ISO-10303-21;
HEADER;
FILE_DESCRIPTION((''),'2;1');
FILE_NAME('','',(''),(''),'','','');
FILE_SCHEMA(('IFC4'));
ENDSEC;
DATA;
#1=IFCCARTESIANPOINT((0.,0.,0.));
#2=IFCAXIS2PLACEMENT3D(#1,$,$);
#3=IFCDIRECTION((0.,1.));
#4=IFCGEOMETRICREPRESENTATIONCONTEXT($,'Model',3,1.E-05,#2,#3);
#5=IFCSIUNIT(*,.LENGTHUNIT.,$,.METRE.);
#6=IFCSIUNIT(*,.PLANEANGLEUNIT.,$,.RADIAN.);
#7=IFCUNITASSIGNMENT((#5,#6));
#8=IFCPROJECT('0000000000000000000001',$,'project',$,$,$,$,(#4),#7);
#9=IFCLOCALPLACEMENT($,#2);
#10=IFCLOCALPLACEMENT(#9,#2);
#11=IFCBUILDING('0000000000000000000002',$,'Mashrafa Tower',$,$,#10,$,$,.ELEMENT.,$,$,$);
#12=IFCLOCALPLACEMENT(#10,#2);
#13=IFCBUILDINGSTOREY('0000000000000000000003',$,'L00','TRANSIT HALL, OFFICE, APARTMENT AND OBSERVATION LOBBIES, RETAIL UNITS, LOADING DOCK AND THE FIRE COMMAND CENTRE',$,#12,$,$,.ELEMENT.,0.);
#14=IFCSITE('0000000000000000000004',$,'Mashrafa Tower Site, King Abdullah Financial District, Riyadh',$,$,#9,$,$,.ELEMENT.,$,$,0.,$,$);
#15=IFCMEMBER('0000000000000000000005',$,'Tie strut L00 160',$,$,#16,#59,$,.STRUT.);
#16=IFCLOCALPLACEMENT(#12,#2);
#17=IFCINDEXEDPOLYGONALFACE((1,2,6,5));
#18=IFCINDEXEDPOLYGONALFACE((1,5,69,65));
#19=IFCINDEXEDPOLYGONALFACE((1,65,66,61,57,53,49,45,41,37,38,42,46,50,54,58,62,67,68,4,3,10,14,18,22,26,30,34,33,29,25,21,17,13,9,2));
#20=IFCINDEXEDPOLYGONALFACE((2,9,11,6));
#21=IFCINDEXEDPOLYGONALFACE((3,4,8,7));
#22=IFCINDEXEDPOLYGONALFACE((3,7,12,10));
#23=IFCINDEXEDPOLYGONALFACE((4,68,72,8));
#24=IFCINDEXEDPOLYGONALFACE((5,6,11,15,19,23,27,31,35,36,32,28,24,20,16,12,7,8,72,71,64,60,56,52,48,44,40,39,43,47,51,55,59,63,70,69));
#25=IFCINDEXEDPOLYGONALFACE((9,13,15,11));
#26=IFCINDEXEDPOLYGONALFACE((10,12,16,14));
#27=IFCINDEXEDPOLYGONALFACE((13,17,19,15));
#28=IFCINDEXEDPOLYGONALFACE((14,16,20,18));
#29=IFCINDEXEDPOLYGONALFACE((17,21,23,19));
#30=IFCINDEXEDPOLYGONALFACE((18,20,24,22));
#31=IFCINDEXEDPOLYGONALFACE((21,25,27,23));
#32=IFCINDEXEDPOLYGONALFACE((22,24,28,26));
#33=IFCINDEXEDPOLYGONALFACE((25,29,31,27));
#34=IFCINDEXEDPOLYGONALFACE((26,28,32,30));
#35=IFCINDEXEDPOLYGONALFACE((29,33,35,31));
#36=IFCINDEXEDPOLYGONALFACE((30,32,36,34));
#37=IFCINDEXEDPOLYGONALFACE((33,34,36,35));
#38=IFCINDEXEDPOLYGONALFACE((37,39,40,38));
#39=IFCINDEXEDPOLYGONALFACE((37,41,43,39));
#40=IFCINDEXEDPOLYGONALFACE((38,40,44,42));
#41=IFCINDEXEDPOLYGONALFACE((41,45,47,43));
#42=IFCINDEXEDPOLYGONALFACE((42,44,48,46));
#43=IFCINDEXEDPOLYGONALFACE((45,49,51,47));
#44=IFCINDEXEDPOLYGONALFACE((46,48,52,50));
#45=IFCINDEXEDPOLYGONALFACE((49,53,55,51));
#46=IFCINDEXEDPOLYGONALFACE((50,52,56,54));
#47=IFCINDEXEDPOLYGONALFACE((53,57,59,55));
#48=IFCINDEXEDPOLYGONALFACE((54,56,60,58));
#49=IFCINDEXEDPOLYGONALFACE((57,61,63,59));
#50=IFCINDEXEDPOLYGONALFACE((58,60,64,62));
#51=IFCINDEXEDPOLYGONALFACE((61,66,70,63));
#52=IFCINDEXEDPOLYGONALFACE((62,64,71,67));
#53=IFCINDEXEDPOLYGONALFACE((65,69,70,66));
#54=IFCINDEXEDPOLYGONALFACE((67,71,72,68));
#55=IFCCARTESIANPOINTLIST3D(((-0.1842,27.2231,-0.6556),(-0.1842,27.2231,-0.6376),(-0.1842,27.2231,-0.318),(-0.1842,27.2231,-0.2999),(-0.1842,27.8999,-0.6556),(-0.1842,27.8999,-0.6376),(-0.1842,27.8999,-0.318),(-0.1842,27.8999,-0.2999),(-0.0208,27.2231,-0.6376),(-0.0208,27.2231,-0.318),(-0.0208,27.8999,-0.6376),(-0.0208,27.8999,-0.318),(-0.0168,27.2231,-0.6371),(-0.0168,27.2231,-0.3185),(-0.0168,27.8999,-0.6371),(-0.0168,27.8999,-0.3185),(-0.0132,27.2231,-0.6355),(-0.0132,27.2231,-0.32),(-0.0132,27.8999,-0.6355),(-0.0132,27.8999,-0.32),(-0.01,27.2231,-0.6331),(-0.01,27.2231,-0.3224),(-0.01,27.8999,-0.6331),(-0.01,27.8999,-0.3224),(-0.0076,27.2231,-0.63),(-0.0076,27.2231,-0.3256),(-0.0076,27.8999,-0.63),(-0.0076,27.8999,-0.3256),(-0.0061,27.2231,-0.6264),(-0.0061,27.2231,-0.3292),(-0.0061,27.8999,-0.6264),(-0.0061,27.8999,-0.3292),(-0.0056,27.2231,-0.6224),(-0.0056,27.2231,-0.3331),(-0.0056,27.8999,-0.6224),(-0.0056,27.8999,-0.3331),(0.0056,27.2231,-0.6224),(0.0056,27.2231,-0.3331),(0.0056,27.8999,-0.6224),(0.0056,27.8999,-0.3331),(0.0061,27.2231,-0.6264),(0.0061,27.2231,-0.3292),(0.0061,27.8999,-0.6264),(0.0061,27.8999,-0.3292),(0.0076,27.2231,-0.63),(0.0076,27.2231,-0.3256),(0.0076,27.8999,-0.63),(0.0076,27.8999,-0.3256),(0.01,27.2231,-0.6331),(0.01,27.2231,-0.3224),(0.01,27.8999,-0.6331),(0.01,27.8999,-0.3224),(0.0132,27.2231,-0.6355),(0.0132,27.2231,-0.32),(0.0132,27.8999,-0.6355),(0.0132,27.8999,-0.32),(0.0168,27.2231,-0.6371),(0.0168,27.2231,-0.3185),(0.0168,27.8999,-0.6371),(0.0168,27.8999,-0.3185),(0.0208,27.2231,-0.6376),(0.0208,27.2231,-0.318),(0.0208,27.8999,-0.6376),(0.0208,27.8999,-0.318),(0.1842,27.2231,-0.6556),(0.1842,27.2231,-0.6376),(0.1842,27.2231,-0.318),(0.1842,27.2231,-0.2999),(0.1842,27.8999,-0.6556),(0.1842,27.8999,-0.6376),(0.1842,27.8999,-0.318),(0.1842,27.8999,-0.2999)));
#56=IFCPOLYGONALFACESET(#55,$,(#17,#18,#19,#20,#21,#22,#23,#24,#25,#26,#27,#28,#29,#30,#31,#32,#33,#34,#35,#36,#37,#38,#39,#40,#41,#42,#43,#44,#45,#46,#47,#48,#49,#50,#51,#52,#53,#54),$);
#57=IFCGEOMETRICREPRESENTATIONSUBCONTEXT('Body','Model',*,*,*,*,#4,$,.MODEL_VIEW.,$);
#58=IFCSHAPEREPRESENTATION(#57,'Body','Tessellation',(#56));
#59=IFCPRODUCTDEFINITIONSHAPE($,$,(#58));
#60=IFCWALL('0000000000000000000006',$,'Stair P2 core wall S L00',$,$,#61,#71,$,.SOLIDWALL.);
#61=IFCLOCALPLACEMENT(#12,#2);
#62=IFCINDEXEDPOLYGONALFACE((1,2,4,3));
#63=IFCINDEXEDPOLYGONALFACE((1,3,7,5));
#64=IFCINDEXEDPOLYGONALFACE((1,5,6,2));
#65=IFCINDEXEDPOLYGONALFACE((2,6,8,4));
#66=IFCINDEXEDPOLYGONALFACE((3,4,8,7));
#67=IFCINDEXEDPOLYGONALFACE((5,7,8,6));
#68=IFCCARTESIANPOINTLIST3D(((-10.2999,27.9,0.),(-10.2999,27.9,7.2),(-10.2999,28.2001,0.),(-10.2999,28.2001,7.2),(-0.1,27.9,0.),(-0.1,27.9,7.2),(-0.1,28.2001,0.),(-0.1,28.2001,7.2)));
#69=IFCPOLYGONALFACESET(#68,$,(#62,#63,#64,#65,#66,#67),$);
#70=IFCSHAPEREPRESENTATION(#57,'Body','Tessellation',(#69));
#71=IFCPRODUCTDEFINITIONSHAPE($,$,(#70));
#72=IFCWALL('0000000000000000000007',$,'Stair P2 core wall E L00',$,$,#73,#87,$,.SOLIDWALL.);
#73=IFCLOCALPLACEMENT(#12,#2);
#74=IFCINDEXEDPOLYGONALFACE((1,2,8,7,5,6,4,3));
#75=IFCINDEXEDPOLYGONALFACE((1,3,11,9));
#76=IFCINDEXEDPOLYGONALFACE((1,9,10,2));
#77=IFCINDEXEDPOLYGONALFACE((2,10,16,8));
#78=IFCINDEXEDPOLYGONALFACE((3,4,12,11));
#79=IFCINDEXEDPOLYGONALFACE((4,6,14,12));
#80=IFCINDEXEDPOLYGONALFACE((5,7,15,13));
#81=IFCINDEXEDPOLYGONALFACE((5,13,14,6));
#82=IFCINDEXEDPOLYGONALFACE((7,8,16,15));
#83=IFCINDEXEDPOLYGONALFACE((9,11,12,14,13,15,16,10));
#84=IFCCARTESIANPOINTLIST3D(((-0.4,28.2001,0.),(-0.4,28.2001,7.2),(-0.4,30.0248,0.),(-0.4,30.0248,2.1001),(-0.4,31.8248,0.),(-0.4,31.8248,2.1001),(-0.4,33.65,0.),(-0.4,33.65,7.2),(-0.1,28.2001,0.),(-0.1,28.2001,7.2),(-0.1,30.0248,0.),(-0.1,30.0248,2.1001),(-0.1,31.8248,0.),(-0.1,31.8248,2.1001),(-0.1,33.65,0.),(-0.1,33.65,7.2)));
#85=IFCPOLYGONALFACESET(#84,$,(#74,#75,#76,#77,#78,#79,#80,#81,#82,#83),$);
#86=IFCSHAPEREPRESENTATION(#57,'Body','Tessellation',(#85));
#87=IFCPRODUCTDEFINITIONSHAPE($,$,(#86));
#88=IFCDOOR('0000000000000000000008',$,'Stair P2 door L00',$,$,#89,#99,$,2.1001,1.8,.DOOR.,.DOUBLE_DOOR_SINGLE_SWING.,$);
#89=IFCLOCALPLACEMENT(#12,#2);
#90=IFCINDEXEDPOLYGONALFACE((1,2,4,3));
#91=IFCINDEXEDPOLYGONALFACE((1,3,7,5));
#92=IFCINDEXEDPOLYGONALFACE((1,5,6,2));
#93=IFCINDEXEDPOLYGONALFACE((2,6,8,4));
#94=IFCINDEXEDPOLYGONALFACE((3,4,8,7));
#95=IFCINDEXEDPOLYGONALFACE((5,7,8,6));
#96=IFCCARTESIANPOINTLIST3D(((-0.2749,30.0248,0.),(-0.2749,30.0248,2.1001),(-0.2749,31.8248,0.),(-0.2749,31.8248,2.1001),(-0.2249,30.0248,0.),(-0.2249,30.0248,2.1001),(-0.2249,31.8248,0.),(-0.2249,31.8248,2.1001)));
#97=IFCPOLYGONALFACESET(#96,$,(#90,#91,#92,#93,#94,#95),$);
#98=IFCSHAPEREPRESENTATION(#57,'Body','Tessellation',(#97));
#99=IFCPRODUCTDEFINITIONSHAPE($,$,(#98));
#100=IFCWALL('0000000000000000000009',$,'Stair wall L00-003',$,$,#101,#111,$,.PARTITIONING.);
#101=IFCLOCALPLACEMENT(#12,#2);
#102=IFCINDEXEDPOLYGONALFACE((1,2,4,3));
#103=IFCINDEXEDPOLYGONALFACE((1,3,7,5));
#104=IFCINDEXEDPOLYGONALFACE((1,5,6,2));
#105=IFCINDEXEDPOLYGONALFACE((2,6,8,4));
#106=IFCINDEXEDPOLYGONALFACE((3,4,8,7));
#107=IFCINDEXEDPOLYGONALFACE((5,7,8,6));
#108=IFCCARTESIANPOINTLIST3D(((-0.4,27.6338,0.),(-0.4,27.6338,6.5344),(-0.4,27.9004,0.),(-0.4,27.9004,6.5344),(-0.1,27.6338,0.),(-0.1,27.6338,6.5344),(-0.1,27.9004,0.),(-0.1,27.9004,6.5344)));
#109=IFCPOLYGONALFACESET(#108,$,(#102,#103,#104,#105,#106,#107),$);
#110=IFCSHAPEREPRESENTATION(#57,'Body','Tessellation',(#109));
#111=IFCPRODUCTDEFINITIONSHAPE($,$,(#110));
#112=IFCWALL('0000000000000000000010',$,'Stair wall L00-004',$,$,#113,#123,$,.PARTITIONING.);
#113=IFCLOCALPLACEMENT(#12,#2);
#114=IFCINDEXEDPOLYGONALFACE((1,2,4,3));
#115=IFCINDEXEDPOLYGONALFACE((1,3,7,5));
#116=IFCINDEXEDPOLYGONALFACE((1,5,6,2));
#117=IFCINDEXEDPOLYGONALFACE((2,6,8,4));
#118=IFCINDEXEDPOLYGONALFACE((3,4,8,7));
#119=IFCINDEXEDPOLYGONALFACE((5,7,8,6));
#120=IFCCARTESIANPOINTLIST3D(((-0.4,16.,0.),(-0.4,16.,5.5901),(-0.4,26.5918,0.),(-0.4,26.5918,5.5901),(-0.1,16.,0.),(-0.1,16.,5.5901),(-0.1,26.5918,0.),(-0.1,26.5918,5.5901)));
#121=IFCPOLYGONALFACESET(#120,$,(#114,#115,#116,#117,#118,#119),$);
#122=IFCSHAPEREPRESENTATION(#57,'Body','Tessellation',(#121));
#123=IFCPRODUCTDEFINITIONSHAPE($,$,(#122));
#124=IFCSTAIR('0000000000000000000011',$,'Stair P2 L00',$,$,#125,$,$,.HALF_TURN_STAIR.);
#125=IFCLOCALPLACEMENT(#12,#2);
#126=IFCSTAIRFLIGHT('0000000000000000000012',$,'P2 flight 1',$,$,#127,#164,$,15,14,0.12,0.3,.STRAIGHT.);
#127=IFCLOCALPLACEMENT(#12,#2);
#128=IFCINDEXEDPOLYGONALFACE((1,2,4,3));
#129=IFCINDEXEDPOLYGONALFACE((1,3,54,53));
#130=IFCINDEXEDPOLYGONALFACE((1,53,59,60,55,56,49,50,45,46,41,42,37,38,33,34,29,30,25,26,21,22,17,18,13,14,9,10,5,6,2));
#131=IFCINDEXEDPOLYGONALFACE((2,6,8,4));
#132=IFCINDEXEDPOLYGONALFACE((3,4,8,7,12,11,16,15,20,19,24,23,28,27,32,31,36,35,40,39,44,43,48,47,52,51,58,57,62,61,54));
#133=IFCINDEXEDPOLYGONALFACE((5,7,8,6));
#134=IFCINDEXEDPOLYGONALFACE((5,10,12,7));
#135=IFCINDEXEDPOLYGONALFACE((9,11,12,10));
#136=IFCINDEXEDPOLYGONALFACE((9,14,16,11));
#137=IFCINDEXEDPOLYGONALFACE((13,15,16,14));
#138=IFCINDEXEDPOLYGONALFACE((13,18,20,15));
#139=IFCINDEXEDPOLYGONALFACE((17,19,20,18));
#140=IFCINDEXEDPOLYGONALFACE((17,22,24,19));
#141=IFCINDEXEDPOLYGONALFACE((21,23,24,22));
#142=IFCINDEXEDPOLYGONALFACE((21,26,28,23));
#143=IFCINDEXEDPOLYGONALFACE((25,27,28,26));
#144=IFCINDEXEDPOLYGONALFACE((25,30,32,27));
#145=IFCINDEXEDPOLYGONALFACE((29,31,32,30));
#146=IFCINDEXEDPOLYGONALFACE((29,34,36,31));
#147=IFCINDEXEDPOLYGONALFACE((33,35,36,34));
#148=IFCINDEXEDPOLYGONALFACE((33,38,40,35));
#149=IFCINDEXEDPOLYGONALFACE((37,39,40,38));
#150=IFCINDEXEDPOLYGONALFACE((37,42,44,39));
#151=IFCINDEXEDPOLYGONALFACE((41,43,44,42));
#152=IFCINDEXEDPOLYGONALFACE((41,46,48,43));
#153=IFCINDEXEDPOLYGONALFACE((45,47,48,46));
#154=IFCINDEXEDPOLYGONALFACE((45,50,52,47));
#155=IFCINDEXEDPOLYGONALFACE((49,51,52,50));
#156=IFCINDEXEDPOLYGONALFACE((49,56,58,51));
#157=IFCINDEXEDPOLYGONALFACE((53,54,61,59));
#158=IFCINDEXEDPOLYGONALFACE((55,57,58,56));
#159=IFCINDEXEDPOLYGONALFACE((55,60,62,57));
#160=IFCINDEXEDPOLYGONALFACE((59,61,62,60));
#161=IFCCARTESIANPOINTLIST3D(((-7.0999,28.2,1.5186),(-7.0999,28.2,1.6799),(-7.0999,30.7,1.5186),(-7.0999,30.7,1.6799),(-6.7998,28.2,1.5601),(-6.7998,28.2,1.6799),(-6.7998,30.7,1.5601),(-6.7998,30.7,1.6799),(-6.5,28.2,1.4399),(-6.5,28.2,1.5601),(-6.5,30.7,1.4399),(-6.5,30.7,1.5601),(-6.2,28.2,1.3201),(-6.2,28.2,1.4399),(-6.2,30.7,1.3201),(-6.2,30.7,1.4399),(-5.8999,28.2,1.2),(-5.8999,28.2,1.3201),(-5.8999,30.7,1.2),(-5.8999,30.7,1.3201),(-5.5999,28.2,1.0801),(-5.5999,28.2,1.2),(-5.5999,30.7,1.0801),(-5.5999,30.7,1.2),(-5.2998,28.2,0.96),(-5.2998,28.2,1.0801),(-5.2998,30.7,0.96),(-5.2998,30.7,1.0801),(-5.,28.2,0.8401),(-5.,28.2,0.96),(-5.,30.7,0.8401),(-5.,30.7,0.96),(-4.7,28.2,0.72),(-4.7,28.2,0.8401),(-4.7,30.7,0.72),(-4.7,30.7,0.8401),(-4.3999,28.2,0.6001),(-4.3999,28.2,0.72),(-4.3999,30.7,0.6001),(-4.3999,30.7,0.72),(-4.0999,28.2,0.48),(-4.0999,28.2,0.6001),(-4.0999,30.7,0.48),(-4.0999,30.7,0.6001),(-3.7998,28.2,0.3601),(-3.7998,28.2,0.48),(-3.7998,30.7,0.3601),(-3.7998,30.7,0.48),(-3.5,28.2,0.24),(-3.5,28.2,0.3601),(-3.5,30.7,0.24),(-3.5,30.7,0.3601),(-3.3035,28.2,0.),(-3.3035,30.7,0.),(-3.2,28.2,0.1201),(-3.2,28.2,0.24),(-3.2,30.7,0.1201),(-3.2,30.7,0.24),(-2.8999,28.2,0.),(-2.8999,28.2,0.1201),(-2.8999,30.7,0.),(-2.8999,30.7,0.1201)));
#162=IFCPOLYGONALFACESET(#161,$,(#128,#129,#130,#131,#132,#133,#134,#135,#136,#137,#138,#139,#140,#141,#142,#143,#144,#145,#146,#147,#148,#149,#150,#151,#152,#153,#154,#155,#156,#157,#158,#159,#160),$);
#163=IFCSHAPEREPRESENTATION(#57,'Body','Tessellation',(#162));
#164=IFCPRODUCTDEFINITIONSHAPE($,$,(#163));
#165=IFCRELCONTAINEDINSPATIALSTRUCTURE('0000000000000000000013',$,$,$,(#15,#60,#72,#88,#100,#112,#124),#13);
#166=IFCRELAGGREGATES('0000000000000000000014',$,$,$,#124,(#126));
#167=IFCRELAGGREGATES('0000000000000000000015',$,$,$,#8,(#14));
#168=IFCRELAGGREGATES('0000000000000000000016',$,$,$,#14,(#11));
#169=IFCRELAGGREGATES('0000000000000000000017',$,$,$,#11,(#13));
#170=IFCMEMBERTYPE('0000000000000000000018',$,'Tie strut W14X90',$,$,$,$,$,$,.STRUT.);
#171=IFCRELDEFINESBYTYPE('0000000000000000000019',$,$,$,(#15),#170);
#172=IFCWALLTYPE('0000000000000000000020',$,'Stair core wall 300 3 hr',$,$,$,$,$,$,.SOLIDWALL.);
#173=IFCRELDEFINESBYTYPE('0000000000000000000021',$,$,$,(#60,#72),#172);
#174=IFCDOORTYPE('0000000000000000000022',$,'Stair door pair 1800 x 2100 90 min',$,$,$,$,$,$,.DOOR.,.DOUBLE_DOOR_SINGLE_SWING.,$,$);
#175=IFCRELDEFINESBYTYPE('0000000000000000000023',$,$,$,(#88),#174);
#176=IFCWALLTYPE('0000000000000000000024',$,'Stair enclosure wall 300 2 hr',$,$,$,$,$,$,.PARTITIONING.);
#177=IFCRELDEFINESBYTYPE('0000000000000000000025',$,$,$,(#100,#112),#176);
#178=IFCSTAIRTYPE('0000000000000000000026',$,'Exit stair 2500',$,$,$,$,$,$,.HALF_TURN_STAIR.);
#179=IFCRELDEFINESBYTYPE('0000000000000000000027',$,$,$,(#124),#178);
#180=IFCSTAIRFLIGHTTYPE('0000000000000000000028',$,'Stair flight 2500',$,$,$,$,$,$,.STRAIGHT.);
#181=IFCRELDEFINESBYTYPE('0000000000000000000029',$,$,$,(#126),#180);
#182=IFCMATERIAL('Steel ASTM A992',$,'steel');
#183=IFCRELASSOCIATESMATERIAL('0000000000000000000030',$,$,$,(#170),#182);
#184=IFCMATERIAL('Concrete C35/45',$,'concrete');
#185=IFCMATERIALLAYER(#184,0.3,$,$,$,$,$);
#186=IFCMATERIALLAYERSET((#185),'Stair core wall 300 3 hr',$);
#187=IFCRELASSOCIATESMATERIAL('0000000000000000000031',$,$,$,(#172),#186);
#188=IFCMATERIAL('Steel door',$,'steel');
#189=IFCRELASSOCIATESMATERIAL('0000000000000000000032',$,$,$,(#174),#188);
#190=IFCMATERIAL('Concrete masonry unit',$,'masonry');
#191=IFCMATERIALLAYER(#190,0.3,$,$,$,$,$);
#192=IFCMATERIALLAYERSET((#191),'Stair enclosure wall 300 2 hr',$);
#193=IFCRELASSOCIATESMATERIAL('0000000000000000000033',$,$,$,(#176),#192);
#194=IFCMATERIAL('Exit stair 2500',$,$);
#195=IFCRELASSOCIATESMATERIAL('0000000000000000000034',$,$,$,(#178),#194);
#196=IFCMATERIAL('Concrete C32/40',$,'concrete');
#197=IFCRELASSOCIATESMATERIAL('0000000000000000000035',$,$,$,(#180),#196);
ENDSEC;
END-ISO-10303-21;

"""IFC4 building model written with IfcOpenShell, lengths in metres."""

from ifc_helpers import new_model, si_unit, direction, frame, frame_2d, origin, origin_2d, place, context, subcontext, project, spatial, polyline, rectangle, i_section, outline, extrude, source, transform, mapped, material, layer, layer_set, material_profile, profile_set, type_object, type_shapes, element, fill, aggregate, save


model = new_model("IFC4")

# Units and contexts
model_context = context("Model", 3, precision=1e-05, world=origin(), true_north=direction((0.0, 1.0)))
body_context = subcontext(model_context, "Body", "Model", "MODEL_VIEW")
ifc_project = project(units=[si_unit("LENGTHUNIT", "METRE"), si_unit("PLANEANGLEUNIT", "RADIAN")], contexts=[model_context])

# Site, building, storey
site_placement = place(None, origin())
site = spatial("IfcSite", under=ifc_project, at=site_placement, Name="Mashrafa Tower Site, King Abdullah Financial District, Riyadh", CompositionType="ELEMENT", RefElevation=0.0)
building_placement = place(site_placement, origin())
building = spatial("IfcBuilding", under=site, at=building_placement, Name="Mashrafa Tower", CompositionType="ELEMENT")
storey_placement = place(building_placement, origin())
storey = spatial("IfcBuildingStorey", under=building, at=storey_placement, Name="L00", Description="TRANSIT HALL, OFFICE, APARTMENT AND OBSERVATION LOBBIES, RETAIL UNITS, LOADING DOCK AND THE FIRE COMMAND CENTRE", CompositionType="ELEMENT", Elevation=0.0)

# Member
ifc_material_1 = material(Name="Steel ASTM A992", Category="steel")
ifc_material_profile_1 = material_profile(ifc_material_1, i_section(OverallWidth=0.3684, OverallDepth=0.3557, WebThickness=0.0112, FlangeThickness=0.0181, FilletRadius=0.0151, at=origin_2d()), Name="W14X90")
ifc_profile_set_1 = profile_set([ifc_material_profile_1], Name="Steel ASTM A992")
member_type = type_object("IfcMemberType", Name="Tie strut W14X90", PredefinedType="STRUT", material=ifc_profile_set_1)
shared_shape = source(origin(), body_context, "Body", "SweptSolid", [
    extrude(i_section(OverallWidth=0.3684, OverallDepth=0.3557, WebThickness=0.0112, FlangeThickness=0.0181, FilletRadius=0.0151, at=origin_2d()), origin(), (0.0, 0.0, 1.0), 0.6768),
])
type_shapes(member_type, [shared_shape])
member_placement = place(storey_placement, frame((0.0, 27.2231, -0.4778), z_axis=(0.0, 1.0, 0.0), x_axis=(-1.0, 0.0, 0.0)))
element("IfcMember", 1, at=member_placement, inside=storey, type_object=member_type, Name="Tie strut L00 160", PredefinedType="STRUT", context=body_context, shape_type="MappedRepresentation", body=[
    mapped(shared_shape, transform((0.0, 0.0, 0.0))),
])

# Wall
ifc_material_2 = material(Name="Concrete C35/45", Category="concrete")
ifc_layer_1 = layer(ifc_material_2, 0.3)
ifc_layer_set_1 = layer_set([ifc_layer_1], Name="Stair core wall 300 3 hr")
wall_type_1 = type_object("IfcWallType", Name="Stair core wall 300 3 hr", PredefinedType="SOLIDWALL", material=ifc_layer_set_1)
wall_1_placement = place(storey_placement, frame((-10.3, 28.05, 0.0), z_axis=(0.0, 0.0, 1.0), x_axis=(1.0, 0.0, 0.0)))
element("IfcWall", 2, at=wall_1_placement, inside=storey, type_object=wall_type_1, Name="Stair P2 core wall S L00", PredefinedType="SOLIDWALL", context=body_context, shape_type="SweptSolid", body=[
    extrude(rectangle(XDim=10.2, YDim=0.3, at=frame_2d((5.1001, 0.0))), origin(), (0.0, 0.0, 1.0), 7.2),
])

# Wall, opening, door
wall_2_placement = place(storey_placement, frame((-0.25, 28.2, 0.0), z_axis=(0.0, 0.0, 1.0), x_axis=(0.0, 1.0, 0.0)))
wall_2 = element("IfcWall", 3, at=wall_2_placement, inside=storey, type_object=wall_type_1, Name="Stair P2 core wall E L00", PredefinedType="SOLIDWALL", context=body_context, shape_type="SweptSolid", body=[
    extrude(rectangle(XDim=5.45, YDim=0.3, at=frame_2d((2.7251, 0.0))), origin(), (0.0, 0.0, 1.0), 7.2),
])
opening_placement = place(wall_2_placement, frame((1.825, 0.0, 0.0)))
opening = element("IfcOpeningElement", 4, at=opening_placement, cuts=wall_2, PredefinedType="OPENING", context=body_context, shape_type="SweptSolid", body=[
    extrude(rectangle(XDim=1.8, YDim=2.1001, at=frame_2d((0.8999, 1.05))), frame((0.0, 0.1599, 0.0), z_axis=(0.0, -1.0, 0.0), x_axis=(1.0, 0.0, 0.0)), (0.0, 0.0, 1.0), 0.3201),
])
ifc_material_3 = material(Name="Steel door", Category="steel")
door_type = type_object("IfcDoorType", Name="Stair door pair 1800 x 2100 90 min", OperationType="DOUBLE_DOOR_SINGLE_SWING", PredefinedType="DOOR", material=ifc_material_3)
door_placement = place(opening_placement, origin())
door = element("IfcDoor", 5, at=door_placement, inside=storey, type_object=door_type, Name="Stair P2 door L00", OperationType="DOUBLE_DOOR_SINGLE_SWING", OverallHeight=2.1001, OverallWidth=1.8, PredefinedType="DOOR", context=body_context, shape_type="SweptSolid", body=[
    extrude(rectangle(XDim=1.8, YDim=2.1001, at=frame_2d((0.8999, 1.05))), frame((0.0, 0.0249, 0.0), z_axis=(0.0, -1.0, 0.0), x_axis=(1.0, 0.0, 0.0)), (0.0, 0.0, 1.0), 0.05),
])
fill(opening, door)

# Walls
ifc_material_4 = material(Name="Concrete masonry unit", Category="masonry")
ifc_layer_2 = layer(ifc_material_4, 0.3)
ifc_layer_set_2 = layer_set([ifc_layer_2], Name="Stair enclosure wall 300 2 hr")
wall_type_2 = type_object("IfcWallType", Name="Stair enclosure wall 300 2 hr", PredefinedType="PARTITIONING", material=ifc_layer_set_2)
wall_3_placement = place(storey_placement, frame((-0.25, 27.9004, 0.0), z_axis=(0.0, 0.0, 1.0), x_axis=(0.0, -1.0, 0.0)))
element("IfcWall", 6, at=wall_3_placement, inside=storey, type_object=wall_type_2, Name="Stair wall L00-003", PredefinedType="PARTITIONING", context=body_context, shape_type="SweptSolid", body=[
    extrude(rectangle(XDim=0.2666, YDim=0.3, at=frame_2d((0.1333, 0.0))), origin(), (0.0, 0.0, 1.0), 6.5344),
])
wall_4_placement = place(storey_placement, frame((-0.25, 26.5918, 0.0), z_axis=(0.0, 0.0, 1.0), x_axis=(0.0, -1.0, 0.0)))
element("IfcWall", 7, at=wall_4_placement, inside=storey, type_object=wall_type_2, Name="Stair wall L00-004", PredefinedType="PARTITIONING", context=body_context, shape_type="SweptSolid", body=[
    extrude(rectangle(XDim=10.5918, YDim=0.3, at=frame_2d((5.2959, 0.0))), origin(), (0.0, 0.0, 1.0), 5.5901),
])

# Stair, stair flight
ifc_material_5 = material(Name="Exit stair 2500")
stair_type = type_object("IfcStairType", Name="Exit stair 2500", PredefinedType="HALF_TURN_STAIR", material=ifc_material_5)
stair_placement = place(storey_placement, origin())
stair = element("IfcStair", 8, at=stair_placement, inside=storey, type_object=stair_type, Name="Stair P2 L00", PredefinedType="HALF_TURN_STAIR")
ifc_material_6 = material(Name="Concrete C32/40", Category="concrete")
stair_flight_type = type_object("IfcStairFlightType", Name="Stair flight 2500", PredefinedType="STRAIGHT", material=ifc_material_6)
stair_flight_1_placement = place(storey_placement, frame((-2.8999, 29.45, 0.0), z_axis=(0.0, 0.0, 1.0), x_axis=(-1.0, 0.0, 0.0)))
stair_flight_1 = element("IfcStairFlight", 9, at=stair_flight_1_placement, type_object=stair_flight_type, Name="P2 flight 1", NumberOfRisers=15, NumberOfTreads=14, PredefinedType="STRAIGHT", RiserHeight=0.12, TreadLength=0.3, context=body_context, shape_type="SweptSolid", body=[
    extrude(outline(polyline([(0.0, 0.0), (0.0, 0.1201), (0.3, 0.1201), (0.3, 0.24), (0.6001, 0.24), (0.6001, 0.3601), (0.8999, 0.3601), (0.8999, 0.48), (1.2, 0.48), (1.2, 0.6001), (1.5, 0.6001), (1.5, 0.72), (1.8, 0.72), (1.8, 0.8401), (2.1001, 0.8401), (2.1001, 0.96), (2.3999, 0.96), (2.3999, 1.0801), (2.7, 1.0801), (2.7, 1.2), (3.0, 1.2), (3.0, 1.3201), (3.3, 1.3201), (3.3, 1.4399), (3.6001, 1.4399), (3.6001, 1.5601), (3.8999, 1.5601), (3.8999, 1.6799), (4.2, 1.6799), (4.2, 1.8), (4.2, 1.5186), (0.4036, 0.0), (0.0, 0.0)])), frame((0.0, 1.25, 0.0), z_axis=(0.0, -1.0, 0.0), x_axis=(1.0, 0.0, 0.0)), (0.0, 0.0, 1.0), 2.5),
])
aggregate(stair, [stair_flight_1])

save(model, "model.ifc")
